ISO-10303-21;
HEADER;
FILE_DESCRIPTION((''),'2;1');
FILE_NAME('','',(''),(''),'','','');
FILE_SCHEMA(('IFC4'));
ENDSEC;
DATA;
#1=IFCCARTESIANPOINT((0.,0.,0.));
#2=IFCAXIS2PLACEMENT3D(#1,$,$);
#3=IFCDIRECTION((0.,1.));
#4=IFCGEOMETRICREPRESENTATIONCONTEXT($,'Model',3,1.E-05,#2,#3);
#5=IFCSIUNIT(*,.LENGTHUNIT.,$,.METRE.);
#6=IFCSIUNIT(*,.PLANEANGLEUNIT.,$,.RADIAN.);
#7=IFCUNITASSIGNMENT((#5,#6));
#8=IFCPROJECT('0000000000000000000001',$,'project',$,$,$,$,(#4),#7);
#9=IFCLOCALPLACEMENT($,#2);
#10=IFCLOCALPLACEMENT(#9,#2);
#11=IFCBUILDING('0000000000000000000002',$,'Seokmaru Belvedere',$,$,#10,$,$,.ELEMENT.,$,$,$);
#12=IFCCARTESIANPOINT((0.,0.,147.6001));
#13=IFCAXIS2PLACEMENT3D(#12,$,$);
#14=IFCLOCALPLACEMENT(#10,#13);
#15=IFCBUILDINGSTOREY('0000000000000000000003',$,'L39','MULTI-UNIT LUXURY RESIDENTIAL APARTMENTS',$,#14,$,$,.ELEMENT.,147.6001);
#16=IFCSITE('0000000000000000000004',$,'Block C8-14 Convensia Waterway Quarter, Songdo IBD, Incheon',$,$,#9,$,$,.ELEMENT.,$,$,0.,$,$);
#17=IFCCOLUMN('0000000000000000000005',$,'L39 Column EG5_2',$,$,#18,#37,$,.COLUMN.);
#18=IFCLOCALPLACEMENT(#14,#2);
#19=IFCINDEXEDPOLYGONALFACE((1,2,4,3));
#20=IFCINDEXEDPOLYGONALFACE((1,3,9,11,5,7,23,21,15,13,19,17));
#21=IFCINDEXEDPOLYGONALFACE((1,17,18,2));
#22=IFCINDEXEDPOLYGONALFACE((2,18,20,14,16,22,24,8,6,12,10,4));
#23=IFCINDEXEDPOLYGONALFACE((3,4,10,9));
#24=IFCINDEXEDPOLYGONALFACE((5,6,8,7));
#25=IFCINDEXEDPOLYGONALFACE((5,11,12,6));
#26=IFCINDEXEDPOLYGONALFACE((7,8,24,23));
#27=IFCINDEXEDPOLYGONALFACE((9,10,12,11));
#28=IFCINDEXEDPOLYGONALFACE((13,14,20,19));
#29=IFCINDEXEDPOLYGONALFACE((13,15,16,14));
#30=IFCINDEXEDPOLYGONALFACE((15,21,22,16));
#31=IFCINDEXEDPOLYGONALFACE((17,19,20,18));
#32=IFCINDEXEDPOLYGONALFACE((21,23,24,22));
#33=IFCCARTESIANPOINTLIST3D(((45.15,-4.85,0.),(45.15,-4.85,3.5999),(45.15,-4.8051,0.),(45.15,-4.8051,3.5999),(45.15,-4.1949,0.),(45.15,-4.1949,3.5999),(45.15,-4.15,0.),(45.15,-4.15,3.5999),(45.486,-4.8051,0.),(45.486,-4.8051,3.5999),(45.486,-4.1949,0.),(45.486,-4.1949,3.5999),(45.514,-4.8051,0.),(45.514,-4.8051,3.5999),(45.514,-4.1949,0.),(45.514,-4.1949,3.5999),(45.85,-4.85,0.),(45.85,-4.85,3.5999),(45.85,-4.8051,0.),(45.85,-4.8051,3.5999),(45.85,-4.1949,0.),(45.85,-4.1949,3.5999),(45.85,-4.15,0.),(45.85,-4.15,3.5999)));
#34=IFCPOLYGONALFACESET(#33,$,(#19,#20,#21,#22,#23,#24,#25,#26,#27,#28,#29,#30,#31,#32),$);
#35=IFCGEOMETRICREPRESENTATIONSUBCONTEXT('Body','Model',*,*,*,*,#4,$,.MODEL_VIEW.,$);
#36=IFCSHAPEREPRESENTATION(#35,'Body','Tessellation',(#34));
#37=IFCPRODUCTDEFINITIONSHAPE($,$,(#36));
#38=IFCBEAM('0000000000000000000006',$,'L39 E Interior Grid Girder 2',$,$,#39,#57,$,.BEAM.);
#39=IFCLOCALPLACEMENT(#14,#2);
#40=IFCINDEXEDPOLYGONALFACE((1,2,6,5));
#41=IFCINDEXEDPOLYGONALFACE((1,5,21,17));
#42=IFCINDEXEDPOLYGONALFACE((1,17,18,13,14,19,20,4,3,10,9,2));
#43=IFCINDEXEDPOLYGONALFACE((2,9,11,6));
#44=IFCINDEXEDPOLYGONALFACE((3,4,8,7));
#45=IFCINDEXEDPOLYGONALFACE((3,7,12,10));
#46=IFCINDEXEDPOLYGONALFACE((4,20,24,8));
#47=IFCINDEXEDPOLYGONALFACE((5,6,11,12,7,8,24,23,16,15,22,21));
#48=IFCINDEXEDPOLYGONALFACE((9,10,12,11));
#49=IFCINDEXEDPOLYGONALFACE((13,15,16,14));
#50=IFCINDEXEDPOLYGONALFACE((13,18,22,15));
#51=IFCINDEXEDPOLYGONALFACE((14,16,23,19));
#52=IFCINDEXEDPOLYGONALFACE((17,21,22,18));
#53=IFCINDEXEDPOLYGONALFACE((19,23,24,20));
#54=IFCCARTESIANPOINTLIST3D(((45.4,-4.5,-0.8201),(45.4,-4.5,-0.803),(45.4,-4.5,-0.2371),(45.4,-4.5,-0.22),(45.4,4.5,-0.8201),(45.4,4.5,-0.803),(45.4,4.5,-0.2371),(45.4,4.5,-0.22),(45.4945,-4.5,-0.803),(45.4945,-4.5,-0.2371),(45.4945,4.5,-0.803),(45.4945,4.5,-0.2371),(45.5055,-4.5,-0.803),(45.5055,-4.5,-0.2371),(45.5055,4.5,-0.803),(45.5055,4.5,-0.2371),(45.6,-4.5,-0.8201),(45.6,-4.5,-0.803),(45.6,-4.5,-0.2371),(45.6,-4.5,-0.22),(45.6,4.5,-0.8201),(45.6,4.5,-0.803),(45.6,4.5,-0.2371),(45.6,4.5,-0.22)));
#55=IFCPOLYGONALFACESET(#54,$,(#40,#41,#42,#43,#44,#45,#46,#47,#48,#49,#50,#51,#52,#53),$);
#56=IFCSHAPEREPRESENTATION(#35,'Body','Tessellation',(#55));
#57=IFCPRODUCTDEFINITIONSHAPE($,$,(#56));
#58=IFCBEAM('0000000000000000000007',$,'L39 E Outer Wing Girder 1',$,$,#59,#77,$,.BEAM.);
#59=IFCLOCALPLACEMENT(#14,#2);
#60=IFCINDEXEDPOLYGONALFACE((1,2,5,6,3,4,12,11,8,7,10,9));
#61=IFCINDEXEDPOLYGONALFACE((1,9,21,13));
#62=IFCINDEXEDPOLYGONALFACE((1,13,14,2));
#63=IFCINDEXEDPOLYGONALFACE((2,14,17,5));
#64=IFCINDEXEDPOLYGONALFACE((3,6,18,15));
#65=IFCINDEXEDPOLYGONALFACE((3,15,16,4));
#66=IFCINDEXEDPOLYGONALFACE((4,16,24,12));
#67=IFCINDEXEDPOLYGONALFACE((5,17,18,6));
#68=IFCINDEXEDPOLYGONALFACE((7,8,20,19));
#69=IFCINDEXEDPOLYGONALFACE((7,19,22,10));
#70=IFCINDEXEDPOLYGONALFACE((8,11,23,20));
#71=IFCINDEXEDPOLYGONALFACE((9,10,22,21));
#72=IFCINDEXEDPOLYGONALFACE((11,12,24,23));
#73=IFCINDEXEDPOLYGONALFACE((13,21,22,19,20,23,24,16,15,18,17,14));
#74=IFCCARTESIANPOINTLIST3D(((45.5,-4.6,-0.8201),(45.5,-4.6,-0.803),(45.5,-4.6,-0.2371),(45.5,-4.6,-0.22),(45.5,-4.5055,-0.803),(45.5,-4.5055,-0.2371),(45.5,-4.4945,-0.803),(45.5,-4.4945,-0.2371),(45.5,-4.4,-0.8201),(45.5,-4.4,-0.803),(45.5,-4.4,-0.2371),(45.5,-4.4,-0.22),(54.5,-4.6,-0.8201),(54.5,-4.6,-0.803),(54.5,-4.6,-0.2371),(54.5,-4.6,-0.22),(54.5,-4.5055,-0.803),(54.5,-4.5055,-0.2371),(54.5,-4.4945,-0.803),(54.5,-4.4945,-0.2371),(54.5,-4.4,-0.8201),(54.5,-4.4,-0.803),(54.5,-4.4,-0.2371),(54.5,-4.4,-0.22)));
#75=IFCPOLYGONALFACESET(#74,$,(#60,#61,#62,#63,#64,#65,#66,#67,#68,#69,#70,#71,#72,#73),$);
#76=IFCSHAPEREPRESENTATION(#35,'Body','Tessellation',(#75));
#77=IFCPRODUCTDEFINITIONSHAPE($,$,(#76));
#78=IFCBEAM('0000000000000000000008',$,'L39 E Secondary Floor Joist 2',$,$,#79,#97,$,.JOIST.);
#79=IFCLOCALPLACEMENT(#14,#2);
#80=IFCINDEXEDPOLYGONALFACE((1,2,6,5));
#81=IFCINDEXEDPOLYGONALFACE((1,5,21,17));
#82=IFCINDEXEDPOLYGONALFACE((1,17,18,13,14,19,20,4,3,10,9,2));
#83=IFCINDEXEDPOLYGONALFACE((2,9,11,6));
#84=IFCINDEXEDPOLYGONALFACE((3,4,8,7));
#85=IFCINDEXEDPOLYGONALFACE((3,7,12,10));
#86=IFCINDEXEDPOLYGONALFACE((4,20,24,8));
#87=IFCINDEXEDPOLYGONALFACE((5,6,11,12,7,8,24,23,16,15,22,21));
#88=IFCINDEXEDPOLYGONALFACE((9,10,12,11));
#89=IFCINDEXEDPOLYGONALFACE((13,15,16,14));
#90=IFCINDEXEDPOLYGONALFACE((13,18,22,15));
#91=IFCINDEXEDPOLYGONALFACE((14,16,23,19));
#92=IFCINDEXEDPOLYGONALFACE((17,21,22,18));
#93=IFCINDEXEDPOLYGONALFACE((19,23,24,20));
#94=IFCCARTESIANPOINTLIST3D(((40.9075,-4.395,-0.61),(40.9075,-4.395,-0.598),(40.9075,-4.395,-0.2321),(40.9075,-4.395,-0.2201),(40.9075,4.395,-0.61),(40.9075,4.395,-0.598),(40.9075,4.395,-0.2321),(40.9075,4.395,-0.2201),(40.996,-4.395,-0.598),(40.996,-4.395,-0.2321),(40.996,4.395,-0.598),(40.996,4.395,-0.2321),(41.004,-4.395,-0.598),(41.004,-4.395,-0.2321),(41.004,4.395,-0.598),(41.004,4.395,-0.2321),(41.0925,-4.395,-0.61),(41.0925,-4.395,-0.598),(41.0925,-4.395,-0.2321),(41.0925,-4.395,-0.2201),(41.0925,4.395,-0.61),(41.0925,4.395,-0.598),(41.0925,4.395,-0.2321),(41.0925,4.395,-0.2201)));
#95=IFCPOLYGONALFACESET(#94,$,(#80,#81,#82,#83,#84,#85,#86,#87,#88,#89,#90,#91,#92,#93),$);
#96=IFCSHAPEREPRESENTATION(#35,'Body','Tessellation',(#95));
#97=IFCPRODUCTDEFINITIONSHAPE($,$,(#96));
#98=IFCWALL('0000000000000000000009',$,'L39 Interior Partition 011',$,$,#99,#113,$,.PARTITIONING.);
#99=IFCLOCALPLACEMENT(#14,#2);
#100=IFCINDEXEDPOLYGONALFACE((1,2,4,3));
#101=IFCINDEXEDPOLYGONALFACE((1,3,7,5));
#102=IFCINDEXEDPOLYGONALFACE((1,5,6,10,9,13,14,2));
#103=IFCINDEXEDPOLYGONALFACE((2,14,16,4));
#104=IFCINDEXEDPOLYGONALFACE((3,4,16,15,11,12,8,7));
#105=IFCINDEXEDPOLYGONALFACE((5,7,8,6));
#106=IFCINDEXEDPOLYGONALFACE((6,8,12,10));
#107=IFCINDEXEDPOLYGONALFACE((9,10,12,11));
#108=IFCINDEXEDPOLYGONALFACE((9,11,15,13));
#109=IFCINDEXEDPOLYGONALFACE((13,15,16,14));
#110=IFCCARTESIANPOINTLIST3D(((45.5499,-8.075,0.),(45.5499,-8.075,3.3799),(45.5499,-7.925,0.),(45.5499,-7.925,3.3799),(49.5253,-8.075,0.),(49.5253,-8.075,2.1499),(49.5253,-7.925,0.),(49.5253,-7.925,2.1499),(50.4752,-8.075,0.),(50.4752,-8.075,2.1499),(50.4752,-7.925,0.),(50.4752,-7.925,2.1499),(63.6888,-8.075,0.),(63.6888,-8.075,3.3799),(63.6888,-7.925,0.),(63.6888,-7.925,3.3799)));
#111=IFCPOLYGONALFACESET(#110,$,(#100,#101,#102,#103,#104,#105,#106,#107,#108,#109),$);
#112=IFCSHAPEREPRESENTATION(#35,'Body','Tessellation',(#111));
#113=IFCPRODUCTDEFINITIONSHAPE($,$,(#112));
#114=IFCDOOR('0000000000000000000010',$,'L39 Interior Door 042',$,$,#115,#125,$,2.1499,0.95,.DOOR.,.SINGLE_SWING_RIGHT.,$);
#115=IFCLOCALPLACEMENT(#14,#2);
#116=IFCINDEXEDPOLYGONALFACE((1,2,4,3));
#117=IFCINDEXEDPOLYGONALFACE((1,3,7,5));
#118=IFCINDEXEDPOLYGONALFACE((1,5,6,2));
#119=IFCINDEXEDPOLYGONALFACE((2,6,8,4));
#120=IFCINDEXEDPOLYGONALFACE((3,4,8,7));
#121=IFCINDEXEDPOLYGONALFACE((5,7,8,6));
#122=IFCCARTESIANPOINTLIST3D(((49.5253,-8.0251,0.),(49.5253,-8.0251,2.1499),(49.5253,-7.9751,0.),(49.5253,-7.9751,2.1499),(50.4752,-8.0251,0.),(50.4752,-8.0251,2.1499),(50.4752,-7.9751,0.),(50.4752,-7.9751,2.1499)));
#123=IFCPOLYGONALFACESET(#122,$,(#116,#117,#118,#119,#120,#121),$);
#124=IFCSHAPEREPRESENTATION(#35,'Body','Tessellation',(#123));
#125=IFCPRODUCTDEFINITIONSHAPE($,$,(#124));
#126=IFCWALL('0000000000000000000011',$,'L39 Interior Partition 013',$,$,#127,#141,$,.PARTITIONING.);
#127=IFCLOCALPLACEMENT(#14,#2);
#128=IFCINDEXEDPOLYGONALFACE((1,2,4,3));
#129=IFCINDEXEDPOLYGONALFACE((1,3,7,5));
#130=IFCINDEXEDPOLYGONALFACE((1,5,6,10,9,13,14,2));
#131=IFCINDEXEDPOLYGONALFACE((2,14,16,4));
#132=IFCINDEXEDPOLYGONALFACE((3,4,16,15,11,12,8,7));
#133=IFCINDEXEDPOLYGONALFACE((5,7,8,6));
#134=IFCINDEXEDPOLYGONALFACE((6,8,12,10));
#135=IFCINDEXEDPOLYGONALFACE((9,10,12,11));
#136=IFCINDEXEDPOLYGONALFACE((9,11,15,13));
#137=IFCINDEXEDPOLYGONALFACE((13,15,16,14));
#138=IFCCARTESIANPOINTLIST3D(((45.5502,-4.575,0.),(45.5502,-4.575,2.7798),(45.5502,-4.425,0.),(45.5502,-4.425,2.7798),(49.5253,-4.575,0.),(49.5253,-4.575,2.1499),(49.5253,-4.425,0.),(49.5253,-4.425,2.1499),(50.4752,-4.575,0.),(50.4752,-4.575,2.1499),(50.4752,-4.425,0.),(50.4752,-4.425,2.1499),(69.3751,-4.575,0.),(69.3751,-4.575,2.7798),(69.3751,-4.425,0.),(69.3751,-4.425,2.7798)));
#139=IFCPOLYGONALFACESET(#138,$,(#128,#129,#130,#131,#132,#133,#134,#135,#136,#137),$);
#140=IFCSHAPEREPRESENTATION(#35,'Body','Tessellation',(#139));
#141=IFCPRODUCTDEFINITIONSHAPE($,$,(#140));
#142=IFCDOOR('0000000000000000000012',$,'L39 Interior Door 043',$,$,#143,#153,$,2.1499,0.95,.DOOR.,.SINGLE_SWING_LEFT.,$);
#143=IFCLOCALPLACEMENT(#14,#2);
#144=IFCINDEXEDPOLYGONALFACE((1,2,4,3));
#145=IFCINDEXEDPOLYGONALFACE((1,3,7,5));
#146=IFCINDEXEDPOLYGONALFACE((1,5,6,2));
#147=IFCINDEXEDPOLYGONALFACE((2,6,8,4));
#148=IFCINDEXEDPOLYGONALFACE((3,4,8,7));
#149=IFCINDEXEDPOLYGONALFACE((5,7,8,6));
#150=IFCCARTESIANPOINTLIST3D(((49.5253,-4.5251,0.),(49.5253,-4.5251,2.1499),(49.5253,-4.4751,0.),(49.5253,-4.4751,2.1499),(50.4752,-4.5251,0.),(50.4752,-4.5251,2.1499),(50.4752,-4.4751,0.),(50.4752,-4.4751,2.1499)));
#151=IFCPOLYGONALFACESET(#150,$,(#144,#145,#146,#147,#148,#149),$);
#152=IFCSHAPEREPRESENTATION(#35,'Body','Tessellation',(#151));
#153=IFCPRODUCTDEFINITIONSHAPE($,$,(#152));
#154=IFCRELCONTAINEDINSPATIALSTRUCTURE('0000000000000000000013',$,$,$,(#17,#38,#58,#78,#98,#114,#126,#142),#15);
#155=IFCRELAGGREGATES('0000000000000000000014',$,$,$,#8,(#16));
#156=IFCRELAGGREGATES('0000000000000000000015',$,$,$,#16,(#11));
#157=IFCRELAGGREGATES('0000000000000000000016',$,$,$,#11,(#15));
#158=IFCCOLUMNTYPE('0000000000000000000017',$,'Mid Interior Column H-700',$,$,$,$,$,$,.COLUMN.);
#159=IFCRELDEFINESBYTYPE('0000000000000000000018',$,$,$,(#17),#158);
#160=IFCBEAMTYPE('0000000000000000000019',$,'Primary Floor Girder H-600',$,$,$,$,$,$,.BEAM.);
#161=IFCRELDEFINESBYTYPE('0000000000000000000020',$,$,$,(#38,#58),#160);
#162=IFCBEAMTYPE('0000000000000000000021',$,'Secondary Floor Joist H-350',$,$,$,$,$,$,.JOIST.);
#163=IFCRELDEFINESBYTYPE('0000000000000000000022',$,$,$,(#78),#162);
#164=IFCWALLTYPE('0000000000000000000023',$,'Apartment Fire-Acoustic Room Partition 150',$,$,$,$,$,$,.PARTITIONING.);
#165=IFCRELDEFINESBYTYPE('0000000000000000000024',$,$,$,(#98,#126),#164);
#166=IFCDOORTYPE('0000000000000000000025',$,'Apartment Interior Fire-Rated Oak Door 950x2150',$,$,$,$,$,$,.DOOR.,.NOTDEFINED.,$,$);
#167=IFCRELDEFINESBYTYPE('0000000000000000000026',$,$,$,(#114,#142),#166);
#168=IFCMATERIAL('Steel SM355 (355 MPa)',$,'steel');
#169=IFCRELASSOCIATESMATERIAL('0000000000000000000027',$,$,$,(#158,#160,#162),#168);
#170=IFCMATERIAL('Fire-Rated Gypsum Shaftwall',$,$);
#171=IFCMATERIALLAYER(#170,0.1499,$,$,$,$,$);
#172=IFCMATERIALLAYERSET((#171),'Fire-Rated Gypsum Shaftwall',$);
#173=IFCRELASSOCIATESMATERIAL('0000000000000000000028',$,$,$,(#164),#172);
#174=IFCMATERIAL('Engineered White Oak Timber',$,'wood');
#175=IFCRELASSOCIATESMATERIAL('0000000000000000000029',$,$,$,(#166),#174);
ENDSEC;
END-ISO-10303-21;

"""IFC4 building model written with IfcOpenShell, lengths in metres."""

from ifc_helpers import new_model, si_unit, direction, frame, frame_2d, origin, origin_2d, place, context, subcontext, project, spatial, rectangle, i_section, extrude, source, transform, mapped, material, layer, layer_set, material_profile, profile_set, type_object, type_shapes, element, fill, save


model = new_model("IFC4")

# Units and contexts
model_context = context("Model", 3, precision=1e-05, world=origin(), true_north=direction((0.0, 1.0)))
body_context = subcontext(model_context, "Body", "Model", "MODEL_VIEW")
ifc_project = project(units=[si_unit("LENGTHUNIT", "METRE"), si_unit("PLANEANGLEUNIT", "RADIAN")], contexts=[model_context])

# Site, building, storey
site_placement = place(None, origin())
site = spatial("IfcSite", under=ifc_project, at=site_placement, Name="Block C8-14 Convensia Waterway Quarter, Songdo IBD, Incheon", CompositionType="ELEMENT", RefElevation=0.0)
building_placement = place(site_placement, origin())
building = spatial("IfcBuilding", under=site, at=building_placement, Name="Seokmaru Belvedere", CompositionType="ELEMENT")
storey_placement = place(building_placement, frame((0.0, 0.0, 147.6001)))
storey = spatial("IfcBuildingStorey", under=building, at=storey_placement, Name="L39", Description="MULTI-UNIT LUXURY RESIDENTIAL APARTMENTS", CompositionType="ELEMENT", Elevation=147.6001)

# Column
ifc_material_1 = material(Name="Steel SM355 (355 MPa)", Category="steel")
ifc_material_profile_1 = material_profile(ifc_material_1, i_section(OverallWidth=0.7, OverallDepth=0.7, WebThickness=0.0281, FlangeThickness=0.0449, at=origin_2d()), Name="H-700x700x28x45")
ifc_profile_set_1 = profile_set([ifc_material_profile_1], Name="Steel SM355 (355 MPa)")
column_type = type_object("IfcColumnType", Name="Mid Interior Column H-700", PredefinedType="COLUMN", material=ifc_profile_set_1)
shared_shape_1 = source(origin(), body_context, "Body", "SweptSolid", [
    extrude(i_section(OverallWidth=0.7, OverallDepth=0.7, WebThickness=0.0281, FlangeThickness=0.0449, at=origin_2d()), origin(), (0.0, 0.0, 1.0), 3.5999),
])
type_shapes(column_type, [shared_shape_1])
column_placement = place(storey_placement, frame((45.5, -4.5, 0.0), z_axis=(0.0, 0.0, 1.0), x_axis=(1.0, 0.0, 0.0)))
element("IfcColumn", 1, at=column_placement, inside=storey, type_object=column_type, Name="L39 Column EG5_2", PredefinedType="COLUMN", context=body_context, shape_type="MappedRepresentation", body=[
    mapped(shared_shape_1, transform((0.0, 0.0, 0.0), scale=1.0)),
])

# Beams
ifc_material_profile_2 = material_profile(ifc_material_1, i_section(OverallWidth=0.2, OverallDepth=0.6001, WebThickness=0.011, FlangeThickness=0.0171, at=origin_2d()), Name="H-600x200x11x17")
ifc_profile_set_2 = profile_set([ifc_material_profile_2], Name="Steel SM355 (355 MPa)")
beam_type_1 = type_object("IfcBeamType", Name="Primary Floor Girder H-600", PredefinedType="BEAM", material=ifc_profile_set_2)
shared_shape_2 = source(origin(), body_context, "Body", "SweptSolid", [
    extrude(i_section(OverallWidth=0.2, OverallDepth=0.6001, WebThickness=0.011, FlangeThickness=0.0171, at=origin_2d()), origin(), (0.0, 0.0, 1.0), 9.0),
])
type_shapes(beam_type_1, [shared_shape_2])
for number, where, z_axis, x_axis, name in (
    (2, (45.5, -4.5, -0.52), (0.0, 1.0, 0.0), (-1.0, 0.0, 0.0), "L39 E Interior Grid Girder 2"),
    (3, (45.5, -4.5, -0.52), (1.0, 0.0, 0.0), (0.0, 1.0, 0.0), "L39 E Outer Wing Girder 1"),
):
    element("IfcBeam", number, at=place(storey_placement, frame(where, z_axis=z_axis, x_axis=x_axis)), inside=storey, type_object=beam_type_1, Name=name, PredefinedType="BEAM", context=body_context, shape_type="MappedRepresentation", body=[
        mapped(shared_shape_2, transform((0.0, 0.0, 0.0), scale=1.0)),
    ])
ifc_material_profile_3 = material_profile(ifc_material_1, i_section(OverallWidth=0.1851, OverallDepth=0.3899, WebThickness=0.0081, FlangeThickness=0.012, at=origin_2d()), Name="H-390x185x8x12")
ifc_profile_set_3 = profile_set([ifc_material_profile_3], Name="Steel SM355 (355 MPa)")
beam_type_2 = type_object("IfcBeamType", Name="Secondary Floor Joist H-350", PredefinedType="JOIST", material=ifc_profile_set_3)
shared_shape_3 = source(origin(), body_context, "Body", "SweptSolid", [
    extrude(i_section(OverallWidth=0.1851, OverallDepth=0.3899, WebThickness=0.0081, FlangeThickness=0.012, at=origin_2d()), origin(), (0.0, 0.0, 1.0), 8.79),
])
type_shapes(beam_type_2, [shared_shape_3])
beam_placement = place(storey_placement, frame((41.0, -4.395, -0.415), z_axis=(0.0, 1.0, 0.0), x_axis=(-1.0, 0.0, 0.0)))
element("IfcBeam", 4, at=beam_placement, inside=storey, type_object=beam_type_2, Name="L39 E Secondary Floor Joist 2", PredefinedType="JOIST", context=body_context, shape_type="MappedRepresentation", body=[
    mapped(shared_shape_3, transform((0.0, 0.0, 0.0), scale=1.0)),
])

# Walls, openings, doors
ifc_material_2 = material(Name="Fire-Rated Gypsum Shaftwall")
ifc_layer_1 = layer(ifc_material_2, 0.1499)
ifc_layer_set_1 = layer_set([ifc_layer_1], Name="Fire-Rated Gypsum Shaftwall")
wall_type_1 = type_object("IfcWallType", Name="Apartment Fire-Acoustic Room Partition 150", PredefinedType="PARTITIONING", material=ifc_layer_set_1)
wall_1_placement = place(storey_placement, frame((45.55, -8.0, 0.0), z_axis=(0.0, 0.0, 1.0), x_axis=(1.0, 0.0, 0.0)))
wall_1 = element("IfcWall", 5, at=wall_1_placement, inside=storey, type_object=wall_type_1, Name="L39 Interior Partition 011", PredefinedType="PARTITIONING", context=body_context, shape_type="SweptSolid", body=[
    extrude(rectangle(XDim=18.1389, YDim=0.1499, at=frame_2d((9.0693, 0.0))), origin(), (0.0, 0.0, 1.0), 3.3799),
])
opening_1_placement = place(wall_1_placement, frame((3.9751, 0.0, 0.0)))
opening_1 = element("IfcOpeningElement", 6, at=opening_1_placement, cuts=wall_1, PredefinedType="OPENING", context=body_context, shape_type="SweptSolid", body=[
    extrude(rectangle(XDim=0.95, YDim=2.1499, at=frame_2d((0.4751, 1.075))), frame((0.0, 0.085, 0.0), z_axis=(0.0, -1.0, 0.0), x_axis=(1.0, 0.0, 0.0)), (0.0, 0.0, 1.0), 0.1699),
])
ifc_material_3 = material(Name="Engineered White Oak Timber", Category="wood")
door_type_1 = type_object("IfcDoorType", Name="Apartment Interior Fire-Rated Oak Door 950x2150", OperationType="NOTDEFINED", PredefinedType="DOOR", material=ifc_material_3)
shared_shape_4 = source(origin(), body_context, "Body", "SweptSolid", [
    extrude(rectangle(XDim=0.95, YDim=2.1499, at=frame_2d((0.4751, 1.075))), frame((0.0, 0.0249, 0.0), z_axis=(0.0, -1.0, 0.0), x_axis=(1.0, 0.0, 0.0)), (0.0, 0.0, 1.0), 0.05),
])
type_shapes(door_type_1, [shared_shape_4])
door_1_placement = place(opening_1_placement, origin())
door_1 = element("IfcDoor", 7, at=door_1_placement, inside=storey, type_object=door_type_1, Name="L39 Interior Door 042", OperationType="SINGLE_SWING_RIGHT", OverallHeight=2.1499, OverallWidth=0.95, PredefinedType="DOOR", context=body_context, shape_type="MappedRepresentation", body=[
    mapped(shared_shape_4, transform((0.0, 0.0, 0.0), scale=1.0)),
])
fill(opening_1, door_1)
wall_2_placement = place(storey_placement, frame((45.55, -4.5, 0.0), z_axis=(0.0, 0.0, 1.0), x_axis=(1.0, 0.0, 0.0)))
wall_2 = element("IfcWall", 8, at=wall_2_placement, inside=storey, type_object=wall_type_1, Name="L39 Interior Partition 013", PredefinedType="PARTITIONING", context=body_context, shape_type="SweptSolid", body=[
    extrude(rectangle(XDim=23.825, YDim=0.1499, at=frame_2d((11.9126, 0.0))), origin(), (0.0, 0.0, 1.0), 2.7798),
])
opening_2_placement = place(wall_2_placement, frame((3.9751, 0.0, 0.0)))
opening_2 = element("IfcOpeningElement", 9, at=opening_2_placement, cuts=wall_2, PredefinedType="OPENING", context=body_context, shape_type="SweptSolid", body=[
    extrude(rectangle(XDim=0.95, YDim=2.1499, at=frame_2d((0.4751, 1.075))), frame((0.0, 0.085, 0.0), z_axis=(0.0, -1.0, 0.0), x_axis=(1.0, 0.0, 0.0)), (0.0, 0.0, 1.0), 0.1699),
])
door_2_placement = place(opening_2_placement, origin())
door_2 = element("IfcDoor", 10, at=door_2_placement, inside=storey, type_object=door_type_1, Name="L39 Interior Door 043", OperationType="SINGLE_SWING_LEFT", OverallHeight=2.1499, OverallWidth=0.95, PredefinedType="DOOR", context=body_context, shape_type="MappedRepresentation", body=[
    mapped(shared_shape_4, transform((0.0, 0.0, 0.0), scale=1.0)),
])
fill(opening_2, door_2)

save(model, "model.ifc")
